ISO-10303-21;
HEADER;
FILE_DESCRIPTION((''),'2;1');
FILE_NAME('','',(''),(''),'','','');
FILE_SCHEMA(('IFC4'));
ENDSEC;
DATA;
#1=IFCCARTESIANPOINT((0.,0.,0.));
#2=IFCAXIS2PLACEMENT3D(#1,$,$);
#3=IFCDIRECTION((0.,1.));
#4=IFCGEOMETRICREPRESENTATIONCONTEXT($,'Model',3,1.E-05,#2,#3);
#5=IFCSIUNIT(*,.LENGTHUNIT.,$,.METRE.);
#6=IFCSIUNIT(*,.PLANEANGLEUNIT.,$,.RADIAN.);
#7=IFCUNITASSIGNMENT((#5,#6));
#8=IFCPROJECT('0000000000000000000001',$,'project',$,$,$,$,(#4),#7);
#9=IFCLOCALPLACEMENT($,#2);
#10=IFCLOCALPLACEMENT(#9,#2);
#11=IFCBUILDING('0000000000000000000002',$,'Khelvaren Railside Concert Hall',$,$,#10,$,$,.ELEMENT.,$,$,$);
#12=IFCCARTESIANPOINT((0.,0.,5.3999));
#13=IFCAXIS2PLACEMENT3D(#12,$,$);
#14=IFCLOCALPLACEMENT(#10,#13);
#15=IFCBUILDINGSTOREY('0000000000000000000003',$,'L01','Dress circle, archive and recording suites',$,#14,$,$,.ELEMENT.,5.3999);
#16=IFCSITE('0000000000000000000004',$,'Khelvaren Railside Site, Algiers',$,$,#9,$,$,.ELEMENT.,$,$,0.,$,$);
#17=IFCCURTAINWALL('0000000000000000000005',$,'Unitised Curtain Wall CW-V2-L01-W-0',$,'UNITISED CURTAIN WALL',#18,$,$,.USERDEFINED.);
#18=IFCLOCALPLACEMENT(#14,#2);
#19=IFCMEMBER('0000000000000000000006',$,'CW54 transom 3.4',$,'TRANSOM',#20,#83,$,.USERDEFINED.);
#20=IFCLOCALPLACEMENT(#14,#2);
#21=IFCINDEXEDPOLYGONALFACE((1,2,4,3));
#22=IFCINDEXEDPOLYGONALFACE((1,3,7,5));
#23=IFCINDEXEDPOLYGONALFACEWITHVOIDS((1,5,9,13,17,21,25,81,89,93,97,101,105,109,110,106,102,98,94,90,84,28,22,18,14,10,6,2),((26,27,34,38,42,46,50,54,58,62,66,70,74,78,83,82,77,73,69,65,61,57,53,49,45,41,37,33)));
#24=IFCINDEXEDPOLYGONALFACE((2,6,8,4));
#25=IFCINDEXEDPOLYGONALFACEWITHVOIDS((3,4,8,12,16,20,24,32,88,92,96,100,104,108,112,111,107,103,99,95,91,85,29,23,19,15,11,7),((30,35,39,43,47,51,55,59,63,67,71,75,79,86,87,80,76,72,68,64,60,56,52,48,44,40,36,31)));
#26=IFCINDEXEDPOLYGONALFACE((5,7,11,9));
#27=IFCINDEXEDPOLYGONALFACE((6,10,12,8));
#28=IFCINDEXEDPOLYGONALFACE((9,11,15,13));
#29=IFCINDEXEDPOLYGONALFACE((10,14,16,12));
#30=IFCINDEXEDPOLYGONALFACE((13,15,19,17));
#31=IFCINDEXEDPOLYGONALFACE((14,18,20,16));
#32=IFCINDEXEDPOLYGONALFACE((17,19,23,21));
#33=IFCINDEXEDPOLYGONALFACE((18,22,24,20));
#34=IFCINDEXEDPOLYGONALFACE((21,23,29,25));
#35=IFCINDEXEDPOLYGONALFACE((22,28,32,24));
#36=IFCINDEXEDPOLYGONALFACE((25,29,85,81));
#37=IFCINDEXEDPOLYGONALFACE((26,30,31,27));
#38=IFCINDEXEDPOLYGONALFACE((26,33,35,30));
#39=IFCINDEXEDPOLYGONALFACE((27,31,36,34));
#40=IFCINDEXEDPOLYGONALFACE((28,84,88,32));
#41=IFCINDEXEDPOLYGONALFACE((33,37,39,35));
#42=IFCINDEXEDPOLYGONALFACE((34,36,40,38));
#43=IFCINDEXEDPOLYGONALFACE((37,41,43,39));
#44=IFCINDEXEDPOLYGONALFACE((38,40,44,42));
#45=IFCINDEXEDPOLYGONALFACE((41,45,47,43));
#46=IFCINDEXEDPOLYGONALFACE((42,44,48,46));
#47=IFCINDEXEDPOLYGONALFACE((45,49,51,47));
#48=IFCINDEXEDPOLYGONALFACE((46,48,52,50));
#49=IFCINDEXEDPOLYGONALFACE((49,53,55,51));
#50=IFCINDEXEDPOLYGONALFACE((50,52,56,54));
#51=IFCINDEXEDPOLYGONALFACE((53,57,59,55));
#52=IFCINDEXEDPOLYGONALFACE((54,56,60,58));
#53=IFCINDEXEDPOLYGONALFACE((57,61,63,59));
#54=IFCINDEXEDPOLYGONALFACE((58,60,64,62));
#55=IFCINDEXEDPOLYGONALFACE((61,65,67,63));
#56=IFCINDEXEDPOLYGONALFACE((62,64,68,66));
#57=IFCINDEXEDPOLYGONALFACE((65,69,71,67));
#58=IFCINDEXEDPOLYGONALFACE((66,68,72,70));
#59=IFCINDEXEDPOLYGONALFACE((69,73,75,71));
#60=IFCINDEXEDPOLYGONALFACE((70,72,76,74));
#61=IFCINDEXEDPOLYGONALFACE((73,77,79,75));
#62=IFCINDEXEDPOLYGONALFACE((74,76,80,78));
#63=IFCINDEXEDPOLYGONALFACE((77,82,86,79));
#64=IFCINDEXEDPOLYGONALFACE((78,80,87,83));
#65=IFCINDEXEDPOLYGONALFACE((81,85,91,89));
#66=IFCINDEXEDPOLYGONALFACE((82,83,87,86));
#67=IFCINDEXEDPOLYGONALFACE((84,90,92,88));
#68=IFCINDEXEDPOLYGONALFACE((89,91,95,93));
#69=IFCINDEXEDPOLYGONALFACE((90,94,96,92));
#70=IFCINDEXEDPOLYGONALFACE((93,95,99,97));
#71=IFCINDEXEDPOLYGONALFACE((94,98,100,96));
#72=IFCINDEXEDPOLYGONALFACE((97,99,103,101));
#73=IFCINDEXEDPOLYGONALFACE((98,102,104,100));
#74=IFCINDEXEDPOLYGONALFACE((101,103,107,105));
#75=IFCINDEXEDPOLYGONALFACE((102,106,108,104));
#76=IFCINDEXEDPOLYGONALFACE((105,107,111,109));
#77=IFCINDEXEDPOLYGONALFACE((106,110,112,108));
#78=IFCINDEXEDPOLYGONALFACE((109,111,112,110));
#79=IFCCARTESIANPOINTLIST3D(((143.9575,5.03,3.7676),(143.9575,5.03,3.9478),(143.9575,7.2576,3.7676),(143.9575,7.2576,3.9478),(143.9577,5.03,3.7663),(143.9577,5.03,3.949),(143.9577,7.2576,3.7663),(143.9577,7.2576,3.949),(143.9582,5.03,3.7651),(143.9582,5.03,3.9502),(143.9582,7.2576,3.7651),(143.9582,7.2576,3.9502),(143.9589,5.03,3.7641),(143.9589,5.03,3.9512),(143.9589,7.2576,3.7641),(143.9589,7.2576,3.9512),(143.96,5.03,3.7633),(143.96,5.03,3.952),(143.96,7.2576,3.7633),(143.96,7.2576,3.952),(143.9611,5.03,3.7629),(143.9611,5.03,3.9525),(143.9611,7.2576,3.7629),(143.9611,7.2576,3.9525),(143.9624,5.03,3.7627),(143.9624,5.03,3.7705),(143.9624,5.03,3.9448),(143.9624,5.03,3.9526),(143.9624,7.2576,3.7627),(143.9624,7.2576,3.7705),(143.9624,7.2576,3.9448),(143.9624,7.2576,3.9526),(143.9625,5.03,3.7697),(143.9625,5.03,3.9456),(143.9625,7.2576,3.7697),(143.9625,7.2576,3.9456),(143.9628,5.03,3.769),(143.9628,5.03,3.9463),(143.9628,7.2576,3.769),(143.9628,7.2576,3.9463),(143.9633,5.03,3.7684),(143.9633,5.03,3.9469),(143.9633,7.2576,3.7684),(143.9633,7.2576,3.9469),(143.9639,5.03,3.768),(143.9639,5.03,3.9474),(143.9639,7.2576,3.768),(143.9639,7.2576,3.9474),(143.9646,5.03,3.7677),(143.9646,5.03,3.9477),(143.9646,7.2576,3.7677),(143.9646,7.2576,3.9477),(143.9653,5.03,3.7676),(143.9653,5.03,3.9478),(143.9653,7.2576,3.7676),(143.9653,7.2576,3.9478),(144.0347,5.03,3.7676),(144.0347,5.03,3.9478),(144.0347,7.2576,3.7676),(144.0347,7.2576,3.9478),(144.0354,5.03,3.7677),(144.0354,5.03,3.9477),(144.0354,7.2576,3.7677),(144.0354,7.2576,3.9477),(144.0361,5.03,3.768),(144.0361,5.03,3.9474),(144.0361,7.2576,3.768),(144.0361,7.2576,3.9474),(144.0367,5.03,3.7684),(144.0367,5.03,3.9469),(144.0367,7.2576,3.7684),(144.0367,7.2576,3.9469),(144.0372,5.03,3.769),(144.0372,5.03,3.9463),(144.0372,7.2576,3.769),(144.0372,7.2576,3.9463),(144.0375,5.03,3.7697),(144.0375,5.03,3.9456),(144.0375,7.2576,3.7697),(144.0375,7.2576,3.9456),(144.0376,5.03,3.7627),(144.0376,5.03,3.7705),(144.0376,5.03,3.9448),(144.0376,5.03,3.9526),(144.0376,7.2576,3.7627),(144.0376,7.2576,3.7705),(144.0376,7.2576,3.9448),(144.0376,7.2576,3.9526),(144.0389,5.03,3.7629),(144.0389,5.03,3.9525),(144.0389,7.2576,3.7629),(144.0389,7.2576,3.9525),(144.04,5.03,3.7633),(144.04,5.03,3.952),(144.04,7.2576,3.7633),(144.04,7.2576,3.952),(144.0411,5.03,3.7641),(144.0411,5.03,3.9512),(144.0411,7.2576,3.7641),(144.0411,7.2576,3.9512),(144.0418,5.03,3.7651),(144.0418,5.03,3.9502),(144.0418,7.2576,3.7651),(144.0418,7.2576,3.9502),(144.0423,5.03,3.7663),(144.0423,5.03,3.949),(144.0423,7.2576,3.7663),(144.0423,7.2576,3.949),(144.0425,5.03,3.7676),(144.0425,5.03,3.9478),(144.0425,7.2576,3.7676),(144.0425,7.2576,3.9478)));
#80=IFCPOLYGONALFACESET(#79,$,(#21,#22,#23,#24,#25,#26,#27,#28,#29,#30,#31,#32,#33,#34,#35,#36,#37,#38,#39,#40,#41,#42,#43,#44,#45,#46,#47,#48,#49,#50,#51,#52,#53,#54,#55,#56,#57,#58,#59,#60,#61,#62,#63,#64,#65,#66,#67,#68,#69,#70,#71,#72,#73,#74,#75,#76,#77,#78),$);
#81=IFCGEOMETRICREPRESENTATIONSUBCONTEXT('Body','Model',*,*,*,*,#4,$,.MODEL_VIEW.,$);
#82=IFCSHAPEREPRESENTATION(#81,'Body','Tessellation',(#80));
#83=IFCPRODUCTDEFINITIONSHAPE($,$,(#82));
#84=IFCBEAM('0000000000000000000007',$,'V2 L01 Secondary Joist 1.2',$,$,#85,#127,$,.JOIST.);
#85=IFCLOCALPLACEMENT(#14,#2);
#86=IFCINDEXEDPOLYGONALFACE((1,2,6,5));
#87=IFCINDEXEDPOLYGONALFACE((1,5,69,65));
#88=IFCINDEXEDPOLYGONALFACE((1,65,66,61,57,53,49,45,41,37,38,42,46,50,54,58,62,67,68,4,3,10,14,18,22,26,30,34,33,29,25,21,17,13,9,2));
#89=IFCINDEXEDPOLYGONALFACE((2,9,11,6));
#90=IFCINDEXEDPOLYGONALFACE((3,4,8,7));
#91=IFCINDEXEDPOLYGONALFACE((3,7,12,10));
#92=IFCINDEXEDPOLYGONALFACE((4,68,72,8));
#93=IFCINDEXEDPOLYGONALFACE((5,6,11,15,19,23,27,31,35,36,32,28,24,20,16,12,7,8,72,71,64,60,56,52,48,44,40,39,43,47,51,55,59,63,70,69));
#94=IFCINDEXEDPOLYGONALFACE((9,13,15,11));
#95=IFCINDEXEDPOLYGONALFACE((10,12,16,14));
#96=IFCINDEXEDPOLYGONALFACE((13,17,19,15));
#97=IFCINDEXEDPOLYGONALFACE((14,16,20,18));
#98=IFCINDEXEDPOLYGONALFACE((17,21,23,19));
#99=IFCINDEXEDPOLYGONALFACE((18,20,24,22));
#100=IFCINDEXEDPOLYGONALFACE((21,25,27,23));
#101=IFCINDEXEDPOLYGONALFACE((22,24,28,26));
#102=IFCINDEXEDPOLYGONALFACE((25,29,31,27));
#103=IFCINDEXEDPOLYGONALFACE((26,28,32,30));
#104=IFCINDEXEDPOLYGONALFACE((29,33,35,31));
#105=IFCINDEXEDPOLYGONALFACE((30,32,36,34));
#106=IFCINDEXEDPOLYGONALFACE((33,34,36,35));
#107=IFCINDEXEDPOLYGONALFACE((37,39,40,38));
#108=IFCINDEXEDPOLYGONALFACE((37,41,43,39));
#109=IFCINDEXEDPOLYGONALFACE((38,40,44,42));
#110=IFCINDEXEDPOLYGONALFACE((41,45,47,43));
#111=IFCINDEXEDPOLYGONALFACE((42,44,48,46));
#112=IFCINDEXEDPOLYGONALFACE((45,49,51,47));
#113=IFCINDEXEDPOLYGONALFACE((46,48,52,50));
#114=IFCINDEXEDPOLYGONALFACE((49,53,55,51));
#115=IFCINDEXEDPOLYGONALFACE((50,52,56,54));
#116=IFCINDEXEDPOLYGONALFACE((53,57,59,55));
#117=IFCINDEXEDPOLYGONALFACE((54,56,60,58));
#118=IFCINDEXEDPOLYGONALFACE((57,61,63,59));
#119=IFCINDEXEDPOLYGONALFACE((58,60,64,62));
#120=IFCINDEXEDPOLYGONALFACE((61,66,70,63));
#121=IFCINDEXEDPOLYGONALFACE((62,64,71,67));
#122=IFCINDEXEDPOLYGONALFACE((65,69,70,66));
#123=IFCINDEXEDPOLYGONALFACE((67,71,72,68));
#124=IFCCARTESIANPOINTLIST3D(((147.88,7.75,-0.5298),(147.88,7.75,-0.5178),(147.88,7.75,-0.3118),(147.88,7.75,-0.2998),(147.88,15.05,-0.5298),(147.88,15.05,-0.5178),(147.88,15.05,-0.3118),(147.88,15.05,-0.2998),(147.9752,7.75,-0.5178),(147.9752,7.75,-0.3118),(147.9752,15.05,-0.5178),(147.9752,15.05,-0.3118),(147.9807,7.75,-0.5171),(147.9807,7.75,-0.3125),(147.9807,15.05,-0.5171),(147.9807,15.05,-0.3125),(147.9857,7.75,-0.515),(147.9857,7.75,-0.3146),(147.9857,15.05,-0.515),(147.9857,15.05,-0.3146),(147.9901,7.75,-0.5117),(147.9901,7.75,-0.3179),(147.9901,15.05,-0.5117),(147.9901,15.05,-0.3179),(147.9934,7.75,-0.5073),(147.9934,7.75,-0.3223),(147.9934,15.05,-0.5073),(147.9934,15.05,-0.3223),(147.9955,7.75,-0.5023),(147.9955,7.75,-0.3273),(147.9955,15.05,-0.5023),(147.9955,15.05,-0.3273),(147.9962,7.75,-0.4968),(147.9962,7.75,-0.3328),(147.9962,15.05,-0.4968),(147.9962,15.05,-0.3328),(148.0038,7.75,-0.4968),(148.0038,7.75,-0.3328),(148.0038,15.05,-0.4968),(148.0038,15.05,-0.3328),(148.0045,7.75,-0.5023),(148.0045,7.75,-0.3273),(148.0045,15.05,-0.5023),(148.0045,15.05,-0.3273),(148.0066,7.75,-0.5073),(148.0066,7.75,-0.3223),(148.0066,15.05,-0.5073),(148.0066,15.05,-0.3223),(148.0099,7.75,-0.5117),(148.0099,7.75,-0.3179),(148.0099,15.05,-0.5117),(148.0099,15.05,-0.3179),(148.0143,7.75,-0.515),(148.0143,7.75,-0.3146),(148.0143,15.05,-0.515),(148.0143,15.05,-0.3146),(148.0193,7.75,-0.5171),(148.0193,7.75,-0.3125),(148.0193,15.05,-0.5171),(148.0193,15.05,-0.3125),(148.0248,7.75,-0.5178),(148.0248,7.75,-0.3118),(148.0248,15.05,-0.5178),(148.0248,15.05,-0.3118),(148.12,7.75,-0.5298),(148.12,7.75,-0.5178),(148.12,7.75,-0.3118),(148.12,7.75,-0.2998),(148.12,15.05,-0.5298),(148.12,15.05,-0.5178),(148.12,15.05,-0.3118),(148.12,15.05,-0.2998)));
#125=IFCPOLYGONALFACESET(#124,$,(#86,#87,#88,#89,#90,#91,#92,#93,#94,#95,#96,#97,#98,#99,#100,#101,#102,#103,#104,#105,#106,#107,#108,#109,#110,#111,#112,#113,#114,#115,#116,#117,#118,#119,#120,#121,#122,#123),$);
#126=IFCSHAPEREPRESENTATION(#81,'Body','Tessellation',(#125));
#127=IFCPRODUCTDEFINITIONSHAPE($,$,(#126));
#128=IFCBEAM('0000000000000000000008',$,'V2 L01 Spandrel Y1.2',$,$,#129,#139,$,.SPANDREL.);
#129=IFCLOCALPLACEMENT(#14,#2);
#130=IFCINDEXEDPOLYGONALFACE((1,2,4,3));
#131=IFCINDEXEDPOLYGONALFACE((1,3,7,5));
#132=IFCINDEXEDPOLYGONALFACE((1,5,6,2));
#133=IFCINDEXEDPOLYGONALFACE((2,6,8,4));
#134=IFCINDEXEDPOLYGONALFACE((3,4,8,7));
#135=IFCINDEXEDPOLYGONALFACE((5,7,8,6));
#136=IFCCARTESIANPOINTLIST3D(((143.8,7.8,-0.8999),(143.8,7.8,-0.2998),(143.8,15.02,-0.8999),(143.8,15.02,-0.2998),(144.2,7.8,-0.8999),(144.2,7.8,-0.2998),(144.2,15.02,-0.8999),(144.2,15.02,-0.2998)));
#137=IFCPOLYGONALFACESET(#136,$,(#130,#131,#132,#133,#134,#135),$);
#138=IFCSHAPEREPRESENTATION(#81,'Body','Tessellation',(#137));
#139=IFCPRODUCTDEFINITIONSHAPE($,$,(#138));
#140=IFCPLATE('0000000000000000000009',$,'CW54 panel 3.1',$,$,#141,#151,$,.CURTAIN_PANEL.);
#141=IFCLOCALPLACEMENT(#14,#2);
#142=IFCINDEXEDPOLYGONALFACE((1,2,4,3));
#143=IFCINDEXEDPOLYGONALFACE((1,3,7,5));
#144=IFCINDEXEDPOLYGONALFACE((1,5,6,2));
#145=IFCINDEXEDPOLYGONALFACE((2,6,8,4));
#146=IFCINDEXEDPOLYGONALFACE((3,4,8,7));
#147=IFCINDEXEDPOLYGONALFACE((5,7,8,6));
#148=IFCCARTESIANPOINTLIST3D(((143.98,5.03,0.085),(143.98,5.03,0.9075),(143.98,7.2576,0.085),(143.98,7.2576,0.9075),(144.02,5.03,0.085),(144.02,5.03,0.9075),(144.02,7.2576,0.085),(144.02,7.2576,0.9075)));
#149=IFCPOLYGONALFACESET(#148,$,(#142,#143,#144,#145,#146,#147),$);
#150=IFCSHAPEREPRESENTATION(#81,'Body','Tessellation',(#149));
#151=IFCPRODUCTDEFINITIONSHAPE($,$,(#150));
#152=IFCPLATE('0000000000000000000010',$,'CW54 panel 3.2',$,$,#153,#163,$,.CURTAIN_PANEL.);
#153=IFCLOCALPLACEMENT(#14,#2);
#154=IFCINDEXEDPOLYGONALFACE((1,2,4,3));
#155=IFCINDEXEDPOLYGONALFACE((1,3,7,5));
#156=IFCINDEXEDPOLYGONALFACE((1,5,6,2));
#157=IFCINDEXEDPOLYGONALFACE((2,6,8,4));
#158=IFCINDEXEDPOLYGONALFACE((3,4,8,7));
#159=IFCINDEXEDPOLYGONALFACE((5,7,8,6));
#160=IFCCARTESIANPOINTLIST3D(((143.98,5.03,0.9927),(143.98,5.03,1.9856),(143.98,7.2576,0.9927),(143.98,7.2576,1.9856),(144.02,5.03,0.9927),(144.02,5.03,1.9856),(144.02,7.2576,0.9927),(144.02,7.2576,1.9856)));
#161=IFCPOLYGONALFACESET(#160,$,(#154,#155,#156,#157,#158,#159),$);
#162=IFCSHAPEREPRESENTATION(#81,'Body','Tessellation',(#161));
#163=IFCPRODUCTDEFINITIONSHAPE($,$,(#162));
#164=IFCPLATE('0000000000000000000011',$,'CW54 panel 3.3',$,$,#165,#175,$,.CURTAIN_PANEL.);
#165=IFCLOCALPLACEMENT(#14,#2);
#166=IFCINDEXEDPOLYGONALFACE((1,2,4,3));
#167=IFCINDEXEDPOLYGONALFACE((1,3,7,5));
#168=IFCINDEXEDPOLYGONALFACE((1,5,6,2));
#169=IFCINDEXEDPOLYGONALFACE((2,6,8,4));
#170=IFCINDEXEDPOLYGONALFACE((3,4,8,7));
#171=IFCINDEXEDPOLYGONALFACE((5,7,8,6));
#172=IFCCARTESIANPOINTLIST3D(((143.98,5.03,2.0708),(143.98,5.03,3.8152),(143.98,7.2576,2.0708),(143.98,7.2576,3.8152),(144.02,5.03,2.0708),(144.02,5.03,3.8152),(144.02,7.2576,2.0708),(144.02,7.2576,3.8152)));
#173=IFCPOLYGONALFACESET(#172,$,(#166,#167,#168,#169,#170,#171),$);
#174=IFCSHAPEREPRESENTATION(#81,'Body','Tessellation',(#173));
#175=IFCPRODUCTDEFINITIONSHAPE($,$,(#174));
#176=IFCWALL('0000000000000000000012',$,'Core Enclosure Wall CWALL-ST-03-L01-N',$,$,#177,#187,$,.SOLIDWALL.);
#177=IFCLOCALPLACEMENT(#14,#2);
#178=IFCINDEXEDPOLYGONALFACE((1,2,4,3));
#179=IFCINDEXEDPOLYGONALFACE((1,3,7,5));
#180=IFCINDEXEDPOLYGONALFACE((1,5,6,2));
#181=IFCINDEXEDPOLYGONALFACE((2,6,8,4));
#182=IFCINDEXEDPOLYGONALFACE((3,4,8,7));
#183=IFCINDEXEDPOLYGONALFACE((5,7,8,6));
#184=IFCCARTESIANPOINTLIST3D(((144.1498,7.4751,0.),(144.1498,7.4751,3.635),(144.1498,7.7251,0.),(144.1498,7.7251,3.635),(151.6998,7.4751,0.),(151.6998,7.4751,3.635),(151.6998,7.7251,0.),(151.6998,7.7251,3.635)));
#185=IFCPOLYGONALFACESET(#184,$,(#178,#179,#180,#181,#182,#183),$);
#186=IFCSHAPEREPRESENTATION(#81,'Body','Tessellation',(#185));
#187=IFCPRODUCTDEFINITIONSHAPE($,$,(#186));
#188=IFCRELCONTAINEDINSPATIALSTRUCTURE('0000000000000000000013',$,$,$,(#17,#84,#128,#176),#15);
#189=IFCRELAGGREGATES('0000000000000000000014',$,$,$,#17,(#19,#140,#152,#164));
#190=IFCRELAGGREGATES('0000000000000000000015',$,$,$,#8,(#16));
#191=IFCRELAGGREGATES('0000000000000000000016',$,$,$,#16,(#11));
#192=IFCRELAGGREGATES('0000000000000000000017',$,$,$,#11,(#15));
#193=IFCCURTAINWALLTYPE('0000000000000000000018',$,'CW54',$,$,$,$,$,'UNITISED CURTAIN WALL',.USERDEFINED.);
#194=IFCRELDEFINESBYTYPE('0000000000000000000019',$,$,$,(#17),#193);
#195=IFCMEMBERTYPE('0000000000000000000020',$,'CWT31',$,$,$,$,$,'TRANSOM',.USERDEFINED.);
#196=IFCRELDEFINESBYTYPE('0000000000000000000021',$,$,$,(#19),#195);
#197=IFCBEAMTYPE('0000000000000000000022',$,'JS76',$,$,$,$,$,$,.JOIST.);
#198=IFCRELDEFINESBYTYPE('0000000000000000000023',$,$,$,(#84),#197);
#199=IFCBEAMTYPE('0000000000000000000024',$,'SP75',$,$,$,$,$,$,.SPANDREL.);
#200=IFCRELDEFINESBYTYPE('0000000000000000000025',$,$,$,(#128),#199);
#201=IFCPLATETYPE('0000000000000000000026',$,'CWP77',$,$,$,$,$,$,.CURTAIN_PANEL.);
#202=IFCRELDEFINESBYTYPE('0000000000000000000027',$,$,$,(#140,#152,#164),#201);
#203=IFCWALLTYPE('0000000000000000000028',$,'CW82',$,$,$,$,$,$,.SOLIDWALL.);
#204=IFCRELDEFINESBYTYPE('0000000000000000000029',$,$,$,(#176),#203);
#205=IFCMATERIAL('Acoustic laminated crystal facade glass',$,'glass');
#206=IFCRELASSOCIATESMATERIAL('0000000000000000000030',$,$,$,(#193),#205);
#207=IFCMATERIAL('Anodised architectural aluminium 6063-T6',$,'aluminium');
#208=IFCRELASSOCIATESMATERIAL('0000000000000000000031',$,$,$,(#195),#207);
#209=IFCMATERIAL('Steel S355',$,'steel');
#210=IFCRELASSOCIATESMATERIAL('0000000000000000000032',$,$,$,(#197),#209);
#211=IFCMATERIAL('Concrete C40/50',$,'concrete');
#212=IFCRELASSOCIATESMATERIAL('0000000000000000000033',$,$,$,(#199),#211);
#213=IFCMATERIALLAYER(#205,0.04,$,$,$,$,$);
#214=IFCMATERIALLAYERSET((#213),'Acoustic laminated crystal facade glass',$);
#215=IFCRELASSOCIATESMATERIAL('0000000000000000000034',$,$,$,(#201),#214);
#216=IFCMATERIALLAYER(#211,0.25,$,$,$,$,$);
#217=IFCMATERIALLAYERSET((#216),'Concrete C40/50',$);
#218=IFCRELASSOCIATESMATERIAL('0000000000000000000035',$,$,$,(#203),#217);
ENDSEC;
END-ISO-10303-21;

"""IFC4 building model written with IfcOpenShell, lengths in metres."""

from ifc_helpers import new_model, si_unit, direction, frame, frame_2d, origin, origin_2d, place, context, subcontext, project, spatial, rectangle, hollow_rectangle, i_section, extrude, material, layer, layer_set, material_profile, profile_set, type_object, element, aggregate, save


model = new_model("IFC4")

# Units and contexts
model_context = context("Model", 3, precision=1e-05, world=origin(), true_north=direction((0.0, 1.0)))
body_context = subcontext(model_context, "Body", "Model", "MODEL_VIEW")
ifc_project = project(units=[si_unit("LENGTHUNIT", "METRE"), si_unit("PLANEANGLEUNIT", "RADIAN")], contexts=[model_context])

# Site, building, storey
site_placement = place(None, origin())
site = spatial("IfcSite", under=ifc_project, at=site_placement, Name="Khelvaren Railside Site, Algiers", CompositionType="ELEMENT", RefElevation=0.0)
building_placement = place(site_placement, origin())
building = spatial("IfcBuilding", under=site, at=building_placement, Name="Khelvaren Railside Concert Hall", CompositionType="ELEMENT")
storey_placement = place(building_placement, frame((0.0, 0.0, 5.3999)))
storey = spatial("IfcBuildingStorey", under=building, at=storey_placement, Name="L01", Description="Dress circle, archive and recording suites", CompositionType="ELEMENT", Elevation=5.3999)

# Shared definitions
ifc_material_1 = material(Name="Steel S355", Category="steel")

# Curtain wall, member
ifc_material_2 = material(Name="Acoustic laminated crystal facade glass", Category="glass")
curtain_wall_type = type_object("IfcCurtainWallType", Name="CW54", ElementType="UNITISED CURTAIN WALL", PredefinedType="USERDEFINED", material=ifc_material_2)
curtain_wall_placement = place(storey_placement, origin())
curtain_wall = element("IfcCurtainWall", 1, at=curtain_wall_placement, inside=storey, type_object=curtain_wall_type, Name="Unitised Curtain Wall CW-V2-L01-W-0", ObjectType="UNITISED CURTAIN WALL", PredefinedType="USERDEFINED")
ifc_material_3 = material(Name="Anodised architectural aluminium 6063-T6", Category="aluminium")
ifc_material_profile_1 = material_profile(ifc_material_3, hollow_rectangle(XDim=0.085, YDim=0.1899, WallThickness=0.0049, InnerFilletRadius=0.0029, OuterFilletRadius=0.0049, at=origin_2d()), Name="CWT 85x190x5")
ifc_profile_set_1 = profile_set([ifc_material_profile_1], Name="Anodised architectural aluminium 6063-T6")
member_type_1 = type_object("IfcMemberType", Name="CWT31", ElementType="TRANSOM", PredefinedType="USERDEFINED", material=ifc_profile_set_1)
member_1_placement = place(storey_placement, frame((144.0, 5.03, 3.8577), z_axis=(0.0, 1.0, 0.0), x_axis=(-1.0, 0.0, 0.0)))
member_1 = element("IfcMember", 2, at=member_1_placement, type_object=member_type_1, Name="CW54 transom 3.4", ObjectType="TRANSOM", PredefinedType="USERDEFINED", context=body_context, shape_type="SweptSolid", body=[
    extrude(hollow_rectangle(XDim=0.085, YDim=0.1899, WallThickness=0.0049, InnerFilletRadius=0.0029, OuterFilletRadius=0.0049, at=origin_2d()), origin(), (0.0, 0.0, 1.0), 2.2275),
])

# Beams
ifc_material_profile_2 = material_profile(ifc_material_1, i_section(OverallWidth=0.24, OverallDepth=0.23, WebThickness=0.0076, FlangeThickness=0.012, FilletRadius=0.021, at=origin_2d()), Name="HEA 240")
ifc_profile_set_2 = profile_set([ifc_material_profile_2], Name="Steel S355")
beam_type_1 = type_object("IfcBeamType", Name="JS76", PredefinedType="JOIST", material=ifc_profile_set_2)
beam_1_placement = place(storey_placement, frame((148.0, 7.75, -0.4148), z_axis=(0.0, 1.0, 0.0), x_axis=(-1.0, 0.0, 0.0)))
element("IfcBeam", 3, at=beam_1_placement, inside=storey, type_object=beam_type_1, Name="V2 L01 Secondary Joist 1.2", PredefinedType="JOIST", context=body_context, shape_type="SweptSolid", body=[
    extrude(i_section(OverallWidth=0.24, OverallDepth=0.23, WebThickness=0.0076, FlangeThickness=0.012, FilletRadius=0.021, at=origin_2d()), origin(), (0.0, 0.0, 1.0), 7.3),
])
ifc_material_4 = material(Name="Concrete C40/50", Category="concrete")
ifc_material_profile_3 = material_profile(ifc_material_4, rectangle(XDim=0.3999, YDim=0.6001, at=origin_2d()), Name="RCB 400x600")
ifc_profile_set_3 = profile_set([ifc_material_profile_3], Name="Concrete C40/50")
beam_type_2 = type_object("IfcBeamType", Name="SP75", PredefinedType="SPANDREL", material=ifc_profile_set_3)
beam_2_placement = place(storey_placement, frame((144.0, 7.8, -0.5999), z_axis=(0.0, 1.0, 0.0), x_axis=(-1.0, 0.0, 0.0)))
element("IfcBeam", 4, at=beam_2_placement, inside=storey, type_object=beam_type_2, Name="V2 L01 Spandrel Y1.2", PredefinedType="SPANDREL", context=body_context, shape_type="SweptSolid", body=[
    extrude(rectangle(XDim=0.3999, YDim=0.6001, at=origin_2d()), origin(), (0.0, 0.0, 1.0), 7.22),
])

# Plates
ifc_layer_1 = layer(ifc_material_2, 0.04)
ifc_layer_set_1 = layer_set([ifc_layer_1], Name="Acoustic laminated crystal facade glass")
plate_type = type_object("IfcPlateType", Name="CWP77", PredefinedType="CURTAIN_PANEL", material=ifc_layer_set_1)
plate_1_placement = place(storey_placement, frame((144.0, 6.1438, 0.085), z_axis=(0.0, 0.0, 1.0), x_axis=(0.0, 1.0, 0.0)))
plate_1 = element("IfcPlate", 5, at=plate_1_placement, type_object=plate_type, Name="CW54 panel 3.1", PredefinedType="CURTAIN_PANEL", context=body_context, shape_type="SweptSolid", body=[
    extrude(rectangle(XDim=2.2275, YDim=0.04, at=origin_2d()), origin(), (0.0, 0.0, 1.0), 0.8225),
])
plate_2_placement = place(storey_placement, frame((144.0, 6.1438, 0.9927), z_axis=(0.0, 0.0, 1.0), x_axis=(0.0, 1.0, 0.0)))
plate_2 = element("IfcPlate", 6, at=plate_2_placement, type_object=plate_type, Name="CW54 panel 3.2", PredefinedType="CURTAIN_PANEL", context=body_context, shape_type="SweptSolid", body=[
    extrude(rectangle(XDim=2.2275, YDim=0.04, at=origin_2d()), origin(), (0.0, 0.0, 1.0), 0.9929),
])
plate_3_placement = place(storey_placement, frame((144.0, 6.1438, 2.0708), z_axis=(0.0, 0.0, 1.0), x_axis=(0.0, 1.0, 0.0)))
plate_3 = element("IfcPlate", 7, at=plate_3_placement, type_object=plate_type, Name="CW54 panel 3.3", PredefinedType="CURTAIN_PANEL", context=body_context, shape_type="SweptSolid", body=[
    extrude(rectangle(XDim=2.2275, YDim=0.04, at=origin_2d()), origin(), (0.0, 0.0, 1.0), 1.7444),
])
aggregate(curtain_wall, [member_1, plate_1, plate_2, plate_3])

# Wall
ifc_layer_2 = layer(ifc_material_4, 0.25)
ifc_layer_set_2 = layer_set([ifc_layer_2], Name="Concrete C40/50")
wall_type_1 = type_object("IfcWallType", Name="CW82", PredefinedType="SOLIDWALL", material=ifc_layer_set_2)
wall_1_placement = place(storey_placement, frame((144.1499, 7.6001, 0.0), z_axis=(0.0, 0.0, 1.0), x_axis=(1.0, 0.0, 0.0)))
element("IfcWall", 8, at=wall_1_placement, inside=storey, type_object=wall_type_1, Name="Core Enclosure Wall CWALL-ST-03-L01-N", PredefinedType="SOLIDWALL", context=body_context, shape_type="SweptSolid", body=[
    extrude(rectangle(XDim=7.55, YDim=0.25, at=frame_2d((3.7749, 0.0))), origin(), (0.0, 0.0, 1.0), 3.635),
])

save(model, "model.ifc")
